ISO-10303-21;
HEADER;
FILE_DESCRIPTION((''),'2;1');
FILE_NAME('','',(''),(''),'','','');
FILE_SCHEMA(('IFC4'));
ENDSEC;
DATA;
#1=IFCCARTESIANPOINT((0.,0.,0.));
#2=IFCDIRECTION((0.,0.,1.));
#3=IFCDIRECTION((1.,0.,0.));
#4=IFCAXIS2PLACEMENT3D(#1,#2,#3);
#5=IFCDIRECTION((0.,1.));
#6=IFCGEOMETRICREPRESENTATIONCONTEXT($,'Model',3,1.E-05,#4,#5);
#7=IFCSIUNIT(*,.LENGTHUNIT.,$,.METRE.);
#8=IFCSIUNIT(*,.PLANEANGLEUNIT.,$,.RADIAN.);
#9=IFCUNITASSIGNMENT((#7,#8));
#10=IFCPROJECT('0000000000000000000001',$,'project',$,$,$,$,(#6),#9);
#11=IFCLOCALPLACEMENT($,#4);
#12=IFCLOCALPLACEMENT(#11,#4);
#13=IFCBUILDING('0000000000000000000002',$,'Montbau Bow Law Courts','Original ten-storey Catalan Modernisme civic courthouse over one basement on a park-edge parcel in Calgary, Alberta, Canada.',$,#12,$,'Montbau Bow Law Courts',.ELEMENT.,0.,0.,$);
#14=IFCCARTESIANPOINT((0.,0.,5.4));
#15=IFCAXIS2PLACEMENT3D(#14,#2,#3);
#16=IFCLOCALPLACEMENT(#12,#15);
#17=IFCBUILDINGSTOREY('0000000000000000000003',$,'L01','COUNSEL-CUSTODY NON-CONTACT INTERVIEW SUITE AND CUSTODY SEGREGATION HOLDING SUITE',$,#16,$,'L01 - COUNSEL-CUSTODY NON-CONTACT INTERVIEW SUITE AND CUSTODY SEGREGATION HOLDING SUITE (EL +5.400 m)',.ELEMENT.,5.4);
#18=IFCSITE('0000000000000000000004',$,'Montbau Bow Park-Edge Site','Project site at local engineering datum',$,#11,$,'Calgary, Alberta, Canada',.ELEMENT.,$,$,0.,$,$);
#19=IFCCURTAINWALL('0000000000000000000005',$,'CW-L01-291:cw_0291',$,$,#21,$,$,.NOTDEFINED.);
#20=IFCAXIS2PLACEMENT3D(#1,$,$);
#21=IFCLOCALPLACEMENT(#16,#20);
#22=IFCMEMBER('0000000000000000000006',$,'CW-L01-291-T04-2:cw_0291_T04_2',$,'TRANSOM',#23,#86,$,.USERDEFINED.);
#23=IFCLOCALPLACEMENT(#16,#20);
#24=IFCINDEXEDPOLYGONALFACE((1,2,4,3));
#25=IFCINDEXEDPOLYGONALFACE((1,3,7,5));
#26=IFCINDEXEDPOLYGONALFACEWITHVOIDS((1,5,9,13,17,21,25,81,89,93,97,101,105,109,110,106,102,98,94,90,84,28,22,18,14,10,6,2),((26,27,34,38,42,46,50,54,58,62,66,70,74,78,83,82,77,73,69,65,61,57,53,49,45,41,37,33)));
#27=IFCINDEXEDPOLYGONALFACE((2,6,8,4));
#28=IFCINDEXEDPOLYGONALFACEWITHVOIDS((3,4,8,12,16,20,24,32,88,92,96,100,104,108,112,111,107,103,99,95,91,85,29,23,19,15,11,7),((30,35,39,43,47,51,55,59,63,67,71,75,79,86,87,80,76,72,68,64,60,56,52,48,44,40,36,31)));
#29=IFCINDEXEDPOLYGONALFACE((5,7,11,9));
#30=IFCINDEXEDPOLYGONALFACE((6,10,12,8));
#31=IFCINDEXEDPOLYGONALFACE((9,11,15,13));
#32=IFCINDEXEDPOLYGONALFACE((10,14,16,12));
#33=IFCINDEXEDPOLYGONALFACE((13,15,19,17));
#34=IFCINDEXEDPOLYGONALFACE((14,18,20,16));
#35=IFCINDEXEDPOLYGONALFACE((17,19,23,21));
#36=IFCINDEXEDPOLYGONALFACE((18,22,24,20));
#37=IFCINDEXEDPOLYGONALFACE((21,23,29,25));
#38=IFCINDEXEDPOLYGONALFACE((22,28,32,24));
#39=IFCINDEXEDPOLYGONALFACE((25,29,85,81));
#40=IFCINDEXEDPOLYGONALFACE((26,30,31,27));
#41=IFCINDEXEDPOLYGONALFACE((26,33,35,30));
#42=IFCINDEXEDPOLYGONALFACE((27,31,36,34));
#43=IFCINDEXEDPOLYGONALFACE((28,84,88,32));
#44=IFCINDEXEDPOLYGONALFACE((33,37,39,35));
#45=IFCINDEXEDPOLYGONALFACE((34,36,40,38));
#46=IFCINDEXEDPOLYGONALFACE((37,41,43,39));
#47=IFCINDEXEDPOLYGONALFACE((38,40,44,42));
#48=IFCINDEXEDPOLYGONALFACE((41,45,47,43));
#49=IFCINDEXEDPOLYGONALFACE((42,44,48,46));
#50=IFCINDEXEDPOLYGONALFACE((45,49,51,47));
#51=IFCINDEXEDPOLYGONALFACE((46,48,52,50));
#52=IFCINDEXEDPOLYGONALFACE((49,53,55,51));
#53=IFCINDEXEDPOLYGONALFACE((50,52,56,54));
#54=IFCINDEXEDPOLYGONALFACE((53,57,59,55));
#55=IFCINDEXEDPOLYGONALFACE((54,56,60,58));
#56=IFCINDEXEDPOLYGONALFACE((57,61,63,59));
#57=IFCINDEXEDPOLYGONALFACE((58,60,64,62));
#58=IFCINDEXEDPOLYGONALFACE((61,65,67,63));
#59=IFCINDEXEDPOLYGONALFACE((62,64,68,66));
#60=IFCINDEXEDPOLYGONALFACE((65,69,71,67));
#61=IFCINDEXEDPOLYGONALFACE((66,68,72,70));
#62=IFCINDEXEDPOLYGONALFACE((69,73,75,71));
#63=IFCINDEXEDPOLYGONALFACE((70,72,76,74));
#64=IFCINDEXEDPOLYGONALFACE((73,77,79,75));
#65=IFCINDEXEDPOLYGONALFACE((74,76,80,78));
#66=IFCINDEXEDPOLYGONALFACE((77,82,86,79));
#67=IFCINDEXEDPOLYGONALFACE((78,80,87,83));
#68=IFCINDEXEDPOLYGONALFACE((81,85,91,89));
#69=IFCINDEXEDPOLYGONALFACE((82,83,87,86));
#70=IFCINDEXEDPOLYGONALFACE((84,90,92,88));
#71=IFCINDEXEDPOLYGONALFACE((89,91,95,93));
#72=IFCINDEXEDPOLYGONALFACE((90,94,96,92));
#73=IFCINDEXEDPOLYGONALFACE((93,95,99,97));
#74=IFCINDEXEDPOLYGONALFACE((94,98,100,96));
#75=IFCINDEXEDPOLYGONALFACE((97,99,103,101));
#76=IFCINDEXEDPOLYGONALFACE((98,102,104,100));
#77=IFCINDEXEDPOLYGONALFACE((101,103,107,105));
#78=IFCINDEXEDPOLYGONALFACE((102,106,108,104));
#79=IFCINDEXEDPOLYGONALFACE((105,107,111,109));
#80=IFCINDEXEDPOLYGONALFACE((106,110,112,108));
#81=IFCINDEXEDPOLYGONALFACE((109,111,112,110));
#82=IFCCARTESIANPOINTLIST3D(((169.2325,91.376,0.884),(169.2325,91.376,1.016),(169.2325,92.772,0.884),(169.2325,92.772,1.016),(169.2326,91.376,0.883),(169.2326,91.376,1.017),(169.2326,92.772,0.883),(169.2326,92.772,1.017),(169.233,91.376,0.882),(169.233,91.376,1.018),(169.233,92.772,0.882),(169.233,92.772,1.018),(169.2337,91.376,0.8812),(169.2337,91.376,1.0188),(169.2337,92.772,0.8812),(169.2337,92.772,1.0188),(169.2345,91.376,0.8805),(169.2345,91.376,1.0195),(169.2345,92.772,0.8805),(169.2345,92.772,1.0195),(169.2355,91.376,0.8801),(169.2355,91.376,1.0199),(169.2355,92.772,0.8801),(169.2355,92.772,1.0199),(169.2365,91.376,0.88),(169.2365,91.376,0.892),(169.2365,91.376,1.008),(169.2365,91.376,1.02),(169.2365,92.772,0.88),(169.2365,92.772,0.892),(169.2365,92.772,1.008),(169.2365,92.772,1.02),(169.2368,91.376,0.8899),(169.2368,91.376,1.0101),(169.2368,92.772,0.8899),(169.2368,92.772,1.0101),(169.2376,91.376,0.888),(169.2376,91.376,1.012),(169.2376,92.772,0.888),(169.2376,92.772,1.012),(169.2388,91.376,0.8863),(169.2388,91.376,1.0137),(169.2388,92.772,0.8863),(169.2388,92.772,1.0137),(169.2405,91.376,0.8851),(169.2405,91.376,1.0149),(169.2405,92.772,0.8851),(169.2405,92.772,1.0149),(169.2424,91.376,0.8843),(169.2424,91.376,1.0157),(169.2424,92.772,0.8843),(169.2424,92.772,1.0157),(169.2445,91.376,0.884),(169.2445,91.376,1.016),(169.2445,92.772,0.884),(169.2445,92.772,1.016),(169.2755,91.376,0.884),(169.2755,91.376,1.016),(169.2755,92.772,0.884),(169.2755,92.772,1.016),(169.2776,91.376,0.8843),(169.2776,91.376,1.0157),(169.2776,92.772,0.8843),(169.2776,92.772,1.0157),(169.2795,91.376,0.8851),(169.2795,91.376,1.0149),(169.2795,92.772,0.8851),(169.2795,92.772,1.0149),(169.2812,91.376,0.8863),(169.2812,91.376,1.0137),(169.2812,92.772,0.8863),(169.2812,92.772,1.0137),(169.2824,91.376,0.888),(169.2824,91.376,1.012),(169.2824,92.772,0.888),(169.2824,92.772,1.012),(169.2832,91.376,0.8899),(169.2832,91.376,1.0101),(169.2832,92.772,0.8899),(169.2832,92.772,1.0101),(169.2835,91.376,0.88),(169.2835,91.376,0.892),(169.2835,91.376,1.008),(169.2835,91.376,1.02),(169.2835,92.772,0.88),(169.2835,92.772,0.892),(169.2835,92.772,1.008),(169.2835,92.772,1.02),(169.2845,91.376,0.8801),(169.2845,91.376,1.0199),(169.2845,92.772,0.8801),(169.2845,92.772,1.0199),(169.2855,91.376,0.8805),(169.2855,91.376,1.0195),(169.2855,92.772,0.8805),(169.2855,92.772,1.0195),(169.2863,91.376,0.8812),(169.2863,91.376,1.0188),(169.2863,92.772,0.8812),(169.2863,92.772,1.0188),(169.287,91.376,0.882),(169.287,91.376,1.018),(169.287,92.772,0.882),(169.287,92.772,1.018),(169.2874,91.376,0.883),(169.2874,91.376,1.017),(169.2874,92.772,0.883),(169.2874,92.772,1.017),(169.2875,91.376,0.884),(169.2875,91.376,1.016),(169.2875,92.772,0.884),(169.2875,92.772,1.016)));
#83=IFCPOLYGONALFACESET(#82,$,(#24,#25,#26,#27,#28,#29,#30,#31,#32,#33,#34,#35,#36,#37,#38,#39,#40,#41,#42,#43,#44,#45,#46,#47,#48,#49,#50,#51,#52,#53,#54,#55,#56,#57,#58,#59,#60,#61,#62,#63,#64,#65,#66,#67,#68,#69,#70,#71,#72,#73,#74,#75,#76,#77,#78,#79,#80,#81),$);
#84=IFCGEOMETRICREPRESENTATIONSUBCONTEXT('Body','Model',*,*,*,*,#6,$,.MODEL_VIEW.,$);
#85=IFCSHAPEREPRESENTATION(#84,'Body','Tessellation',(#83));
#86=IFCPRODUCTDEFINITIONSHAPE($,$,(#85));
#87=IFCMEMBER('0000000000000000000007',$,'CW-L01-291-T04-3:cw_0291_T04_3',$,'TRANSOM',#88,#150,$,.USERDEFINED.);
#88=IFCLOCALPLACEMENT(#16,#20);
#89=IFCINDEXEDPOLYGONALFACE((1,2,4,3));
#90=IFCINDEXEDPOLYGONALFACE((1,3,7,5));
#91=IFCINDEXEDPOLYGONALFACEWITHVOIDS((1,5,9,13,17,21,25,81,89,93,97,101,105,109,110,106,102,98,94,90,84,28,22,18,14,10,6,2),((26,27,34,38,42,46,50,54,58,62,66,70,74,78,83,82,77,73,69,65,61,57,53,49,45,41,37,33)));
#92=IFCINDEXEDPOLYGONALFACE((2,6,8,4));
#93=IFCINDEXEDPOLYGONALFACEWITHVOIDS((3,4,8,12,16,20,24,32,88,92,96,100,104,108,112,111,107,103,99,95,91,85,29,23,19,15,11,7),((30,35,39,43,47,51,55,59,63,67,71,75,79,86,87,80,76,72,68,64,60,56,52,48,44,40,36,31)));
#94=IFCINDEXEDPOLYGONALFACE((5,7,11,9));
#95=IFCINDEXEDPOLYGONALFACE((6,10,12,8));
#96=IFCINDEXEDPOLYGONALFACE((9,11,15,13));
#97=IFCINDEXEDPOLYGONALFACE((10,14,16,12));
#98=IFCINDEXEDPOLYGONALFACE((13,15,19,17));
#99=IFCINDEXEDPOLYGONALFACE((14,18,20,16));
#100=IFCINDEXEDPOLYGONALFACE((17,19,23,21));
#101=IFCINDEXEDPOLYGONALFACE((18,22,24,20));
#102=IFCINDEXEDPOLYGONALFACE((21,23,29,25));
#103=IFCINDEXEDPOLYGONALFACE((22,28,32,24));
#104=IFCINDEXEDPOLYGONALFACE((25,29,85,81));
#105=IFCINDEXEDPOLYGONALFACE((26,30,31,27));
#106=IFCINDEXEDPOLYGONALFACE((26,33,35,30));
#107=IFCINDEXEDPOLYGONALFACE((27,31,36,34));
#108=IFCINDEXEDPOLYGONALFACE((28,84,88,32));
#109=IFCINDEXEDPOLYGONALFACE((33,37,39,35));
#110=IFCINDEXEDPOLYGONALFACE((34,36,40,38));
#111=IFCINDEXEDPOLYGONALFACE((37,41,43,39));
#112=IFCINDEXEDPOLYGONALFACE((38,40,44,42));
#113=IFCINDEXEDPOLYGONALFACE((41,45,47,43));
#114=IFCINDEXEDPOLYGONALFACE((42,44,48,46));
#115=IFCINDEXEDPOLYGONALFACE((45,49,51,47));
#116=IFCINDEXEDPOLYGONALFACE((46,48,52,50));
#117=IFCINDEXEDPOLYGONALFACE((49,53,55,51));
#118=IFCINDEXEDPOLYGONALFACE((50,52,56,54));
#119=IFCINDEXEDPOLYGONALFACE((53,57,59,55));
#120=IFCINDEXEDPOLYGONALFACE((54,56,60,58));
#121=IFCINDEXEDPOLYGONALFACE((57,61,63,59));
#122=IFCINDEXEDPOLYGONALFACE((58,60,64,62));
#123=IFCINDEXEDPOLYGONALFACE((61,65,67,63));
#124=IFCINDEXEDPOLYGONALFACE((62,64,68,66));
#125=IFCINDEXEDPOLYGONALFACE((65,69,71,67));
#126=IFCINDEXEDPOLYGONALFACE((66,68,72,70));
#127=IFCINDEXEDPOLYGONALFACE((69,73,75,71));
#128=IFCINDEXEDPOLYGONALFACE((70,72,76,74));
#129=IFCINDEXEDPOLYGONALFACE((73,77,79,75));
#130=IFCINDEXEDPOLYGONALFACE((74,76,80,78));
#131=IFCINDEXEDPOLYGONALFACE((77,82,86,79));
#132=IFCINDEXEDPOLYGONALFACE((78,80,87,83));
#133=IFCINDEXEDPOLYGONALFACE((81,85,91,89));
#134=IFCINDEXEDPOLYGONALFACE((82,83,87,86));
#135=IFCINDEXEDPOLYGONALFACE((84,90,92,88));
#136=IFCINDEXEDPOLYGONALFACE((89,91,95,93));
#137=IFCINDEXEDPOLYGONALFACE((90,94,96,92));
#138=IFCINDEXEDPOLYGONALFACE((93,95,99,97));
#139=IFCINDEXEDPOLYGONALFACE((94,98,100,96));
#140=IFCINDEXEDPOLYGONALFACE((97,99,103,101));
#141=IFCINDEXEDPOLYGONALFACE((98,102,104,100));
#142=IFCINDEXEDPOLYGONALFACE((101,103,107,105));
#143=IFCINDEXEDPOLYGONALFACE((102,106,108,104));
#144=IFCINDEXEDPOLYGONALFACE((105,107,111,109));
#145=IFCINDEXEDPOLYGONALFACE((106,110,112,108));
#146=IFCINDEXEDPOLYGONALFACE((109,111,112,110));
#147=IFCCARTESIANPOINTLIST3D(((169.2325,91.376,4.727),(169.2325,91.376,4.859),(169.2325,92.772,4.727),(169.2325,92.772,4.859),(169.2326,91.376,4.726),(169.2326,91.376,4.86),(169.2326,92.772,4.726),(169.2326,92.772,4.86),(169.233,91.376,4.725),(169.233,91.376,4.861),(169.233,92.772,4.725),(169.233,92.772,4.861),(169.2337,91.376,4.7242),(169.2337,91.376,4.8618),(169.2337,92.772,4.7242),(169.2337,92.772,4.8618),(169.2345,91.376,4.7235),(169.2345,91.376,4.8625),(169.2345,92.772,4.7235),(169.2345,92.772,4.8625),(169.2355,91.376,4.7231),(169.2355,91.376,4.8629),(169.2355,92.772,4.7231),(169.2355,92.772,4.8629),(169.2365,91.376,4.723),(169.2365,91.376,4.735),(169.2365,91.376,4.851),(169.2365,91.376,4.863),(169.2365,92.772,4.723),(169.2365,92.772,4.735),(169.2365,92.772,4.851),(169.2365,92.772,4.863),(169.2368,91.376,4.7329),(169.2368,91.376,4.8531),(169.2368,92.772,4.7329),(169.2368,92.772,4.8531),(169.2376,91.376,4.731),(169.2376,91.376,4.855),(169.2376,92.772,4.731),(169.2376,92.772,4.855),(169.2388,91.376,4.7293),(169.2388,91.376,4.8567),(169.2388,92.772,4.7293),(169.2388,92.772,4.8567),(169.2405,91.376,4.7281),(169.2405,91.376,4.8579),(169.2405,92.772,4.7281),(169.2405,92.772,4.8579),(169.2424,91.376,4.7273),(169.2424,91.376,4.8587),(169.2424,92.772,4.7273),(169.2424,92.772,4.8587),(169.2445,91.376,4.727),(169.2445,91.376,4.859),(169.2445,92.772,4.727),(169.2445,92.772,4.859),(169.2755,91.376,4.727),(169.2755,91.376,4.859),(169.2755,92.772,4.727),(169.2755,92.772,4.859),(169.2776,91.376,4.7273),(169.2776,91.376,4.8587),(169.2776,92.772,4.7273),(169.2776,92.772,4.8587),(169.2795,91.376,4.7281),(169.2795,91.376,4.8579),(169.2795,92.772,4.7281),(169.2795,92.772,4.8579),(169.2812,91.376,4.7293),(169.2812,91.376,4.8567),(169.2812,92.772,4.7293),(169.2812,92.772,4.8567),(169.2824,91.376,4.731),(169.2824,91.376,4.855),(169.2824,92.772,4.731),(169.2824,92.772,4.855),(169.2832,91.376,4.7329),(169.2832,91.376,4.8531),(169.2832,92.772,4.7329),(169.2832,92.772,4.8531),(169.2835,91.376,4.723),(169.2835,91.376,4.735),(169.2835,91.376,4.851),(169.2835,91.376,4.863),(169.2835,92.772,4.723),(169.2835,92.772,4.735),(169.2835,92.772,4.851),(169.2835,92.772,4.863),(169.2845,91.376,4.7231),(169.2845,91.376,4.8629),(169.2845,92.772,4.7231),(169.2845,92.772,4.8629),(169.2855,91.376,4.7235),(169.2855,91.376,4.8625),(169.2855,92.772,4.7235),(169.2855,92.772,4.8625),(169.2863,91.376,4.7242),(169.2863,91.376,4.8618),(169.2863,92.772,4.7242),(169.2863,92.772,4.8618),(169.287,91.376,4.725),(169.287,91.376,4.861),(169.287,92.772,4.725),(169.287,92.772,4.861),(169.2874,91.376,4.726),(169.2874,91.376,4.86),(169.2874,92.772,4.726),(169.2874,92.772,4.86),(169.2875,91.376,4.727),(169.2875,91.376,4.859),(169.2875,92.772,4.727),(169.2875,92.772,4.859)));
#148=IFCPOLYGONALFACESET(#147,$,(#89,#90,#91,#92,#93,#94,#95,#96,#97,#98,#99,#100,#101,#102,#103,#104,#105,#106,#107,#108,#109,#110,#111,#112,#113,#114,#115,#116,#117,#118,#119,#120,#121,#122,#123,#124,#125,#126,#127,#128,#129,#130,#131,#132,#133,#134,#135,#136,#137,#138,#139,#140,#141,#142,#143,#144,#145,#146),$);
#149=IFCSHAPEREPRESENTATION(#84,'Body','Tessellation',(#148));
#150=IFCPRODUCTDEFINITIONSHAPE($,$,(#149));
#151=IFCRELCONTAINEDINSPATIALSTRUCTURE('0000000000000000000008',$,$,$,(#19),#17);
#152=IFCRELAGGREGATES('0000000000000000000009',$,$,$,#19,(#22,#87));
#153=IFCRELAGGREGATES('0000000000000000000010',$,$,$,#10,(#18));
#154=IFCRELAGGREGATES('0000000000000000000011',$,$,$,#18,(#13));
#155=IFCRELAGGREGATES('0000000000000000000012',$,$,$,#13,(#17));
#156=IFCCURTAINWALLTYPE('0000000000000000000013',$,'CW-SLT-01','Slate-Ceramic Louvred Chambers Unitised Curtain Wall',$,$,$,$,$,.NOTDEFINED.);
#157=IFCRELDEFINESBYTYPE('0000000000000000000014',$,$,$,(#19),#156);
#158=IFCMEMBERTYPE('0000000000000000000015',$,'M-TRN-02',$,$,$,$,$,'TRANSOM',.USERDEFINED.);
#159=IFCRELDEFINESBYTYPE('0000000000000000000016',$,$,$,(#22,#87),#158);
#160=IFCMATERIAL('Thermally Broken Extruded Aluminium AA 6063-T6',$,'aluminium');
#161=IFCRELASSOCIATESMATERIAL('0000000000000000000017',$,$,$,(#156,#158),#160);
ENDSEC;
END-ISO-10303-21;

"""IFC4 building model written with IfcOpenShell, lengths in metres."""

from ifc_helpers import new_model, si_unit, direction, frame, origin_with_axes, origin_2d_with_axis, place, context, subcontext, project, spatial, hollow_rectangle, extrude, material, material_profile, profile_set, type_object, element, aggregate, save


model = new_model("IFC4")

# Units and contexts
model_context = context("Model", 3, precision=1e-05, world=origin_with_axes(), true_north=direction((0.0, 1.0)))
body_context = subcontext(model_context, "Body", "Model", "MODEL_VIEW")
ifc_project = project(units=[si_unit("LENGTHUNIT", "METRE"), si_unit("PLANEANGLEUNIT", "RADIAN")], contexts=[model_context])

# Site, building, storey
site_placement = place(None, origin_with_axes())
site = spatial("IfcSite", under=ifc_project, at=site_placement, Name="Montbau Bow Park-Edge Site", Description="Project site at local engineering datum", LongName="Calgary, Alberta, Canada", CompositionType="ELEMENT", RefElevation=0.0)
building_placement = place(site_placement, origin_with_axes())
building = spatial("IfcBuilding", under=site, at=building_placement, Name="Montbau Bow Law Courts", Description="Original ten-storey Catalan Modernisme civic courthouse over one basement on a park-edge parcel in Calgary, Alberta, Canada.", LongName="Montbau Bow Law Courts", CompositionType="ELEMENT", ElevationOfRefHeight=0.0, ElevationOfTerrain=0.0)
storey_placement = place(building_placement, frame((0.0, 0.0, 5.4), z_axis=(0.0, 0.0, 1.0), x_axis=(1.0, 0.0, 0.0)))
storey = spatial("IfcBuildingStorey", under=building, at=storey_placement, Name="L01", Description="COUNSEL-CUSTODY NON-CONTACT INTERVIEW SUITE AND CUSTODY SEGREGATION HOLDING SUITE", LongName="L01 - COUNSEL-CUSTODY NON-CONTACT INTERVIEW SUITE AND CUSTODY SEGREGATION HOLDING SUITE (EL +5.400 m)", CompositionType="ELEMENT", Elevation=5.4)

# Curtain wall
ifc_material_1 = material(Name="Thermally Broken Extruded Aluminium AA 6063-T6", Category="aluminium")
curtain_wall_type = type_object("IfcCurtainWallType", Name="CW-SLT-01", Description="Slate-Ceramic Louvred Chambers Unitised Curtain Wall", PredefinedType="NOTDEFINED", material=ifc_material_1)
curtain_wall_1_placement = place(None, frame((169.26, 86.915, 5.4), z_axis=(0.0, 0.0, 1.0), x_axis=(1.0, 0.0, 0.0)))
curtain_wall_1 = element("IfcCurtainWall", 1, at=curtain_wall_1_placement, inside=storey, type_object=curtain_wall_type, Name="CW-L01-291:cw_0291", PredefinedType="NOTDEFINED")

# Members
ifc_material_profile_1 = material_profile(ifc_material_1, hollow_rectangle(XDim=0.055, YDim=0.14, WallThickness=0.004, InnerFilletRadius=0.008, OuterFilletRadius=0.004, at=origin_2d_with_axis()), Name="CWT-140X55", Category="Main", Priority=0)
ifc_profile_set_1 = profile_set([ifc_material_profile_1], Name="Thermally Broken Extruded Aluminium AA 6063-T6")
member_type_1 = type_object("IfcMemberType", Name="M-TRN-02", ElementType="TRANSOM", PredefinedType="USERDEFINED", material=ifc_profile_set_1)
member_1_placement = place(None, frame((169.26, 91.376, 6.35), z_axis=(0.0, 1.0, 0.0), x_axis=(-1.0, 0.0, 0.0)))
member_1 = element("IfcMember", 2, at=member_1_placement, type_object=member_type_1, Name="CW-L01-291-T04-2:cw_0291_T04_2", ObjectType="TRANSOM", PredefinedType="USERDEFINED", context=body_context, shape_type="SweptSolid", body=[
    extrude(hollow_rectangle(XDim=0.055, YDim=0.14, WallThickness=0.004, InnerFilletRadius=0.008, OuterFilletRadius=0.004, at=origin_2d_with_axis()), origin_with_axes(), (0.0, 0.0, 1.0), 1.396),
])
member_2_placement = place(None, frame((169.26, 91.376, 10.193), z_axis=(0.0, 1.0, 0.0), x_axis=(-1.0, 0.0, 0.0)))
member_2 = element("IfcMember", 3, at=member_2_placement, type_object=member_type_1, Name="CW-L01-291-T04-3:cw_0291_T04_3", ObjectType="TRANSOM", PredefinedType="USERDEFINED", context=body_context, shape_type="SweptSolid", body=[
    extrude(hollow_rectangle(XDim=0.055, YDim=0.14, WallThickness=0.004, InnerFilletRadius=0.008, OuterFilletRadius=0.004, at=origin_2d_with_axis()), origin_with_axes(), (0.0, 0.0, 1.0), 1.396),
])

aggregate(curtain_wall_1, [member_1, member_2])

save(model, "model.ifc")
